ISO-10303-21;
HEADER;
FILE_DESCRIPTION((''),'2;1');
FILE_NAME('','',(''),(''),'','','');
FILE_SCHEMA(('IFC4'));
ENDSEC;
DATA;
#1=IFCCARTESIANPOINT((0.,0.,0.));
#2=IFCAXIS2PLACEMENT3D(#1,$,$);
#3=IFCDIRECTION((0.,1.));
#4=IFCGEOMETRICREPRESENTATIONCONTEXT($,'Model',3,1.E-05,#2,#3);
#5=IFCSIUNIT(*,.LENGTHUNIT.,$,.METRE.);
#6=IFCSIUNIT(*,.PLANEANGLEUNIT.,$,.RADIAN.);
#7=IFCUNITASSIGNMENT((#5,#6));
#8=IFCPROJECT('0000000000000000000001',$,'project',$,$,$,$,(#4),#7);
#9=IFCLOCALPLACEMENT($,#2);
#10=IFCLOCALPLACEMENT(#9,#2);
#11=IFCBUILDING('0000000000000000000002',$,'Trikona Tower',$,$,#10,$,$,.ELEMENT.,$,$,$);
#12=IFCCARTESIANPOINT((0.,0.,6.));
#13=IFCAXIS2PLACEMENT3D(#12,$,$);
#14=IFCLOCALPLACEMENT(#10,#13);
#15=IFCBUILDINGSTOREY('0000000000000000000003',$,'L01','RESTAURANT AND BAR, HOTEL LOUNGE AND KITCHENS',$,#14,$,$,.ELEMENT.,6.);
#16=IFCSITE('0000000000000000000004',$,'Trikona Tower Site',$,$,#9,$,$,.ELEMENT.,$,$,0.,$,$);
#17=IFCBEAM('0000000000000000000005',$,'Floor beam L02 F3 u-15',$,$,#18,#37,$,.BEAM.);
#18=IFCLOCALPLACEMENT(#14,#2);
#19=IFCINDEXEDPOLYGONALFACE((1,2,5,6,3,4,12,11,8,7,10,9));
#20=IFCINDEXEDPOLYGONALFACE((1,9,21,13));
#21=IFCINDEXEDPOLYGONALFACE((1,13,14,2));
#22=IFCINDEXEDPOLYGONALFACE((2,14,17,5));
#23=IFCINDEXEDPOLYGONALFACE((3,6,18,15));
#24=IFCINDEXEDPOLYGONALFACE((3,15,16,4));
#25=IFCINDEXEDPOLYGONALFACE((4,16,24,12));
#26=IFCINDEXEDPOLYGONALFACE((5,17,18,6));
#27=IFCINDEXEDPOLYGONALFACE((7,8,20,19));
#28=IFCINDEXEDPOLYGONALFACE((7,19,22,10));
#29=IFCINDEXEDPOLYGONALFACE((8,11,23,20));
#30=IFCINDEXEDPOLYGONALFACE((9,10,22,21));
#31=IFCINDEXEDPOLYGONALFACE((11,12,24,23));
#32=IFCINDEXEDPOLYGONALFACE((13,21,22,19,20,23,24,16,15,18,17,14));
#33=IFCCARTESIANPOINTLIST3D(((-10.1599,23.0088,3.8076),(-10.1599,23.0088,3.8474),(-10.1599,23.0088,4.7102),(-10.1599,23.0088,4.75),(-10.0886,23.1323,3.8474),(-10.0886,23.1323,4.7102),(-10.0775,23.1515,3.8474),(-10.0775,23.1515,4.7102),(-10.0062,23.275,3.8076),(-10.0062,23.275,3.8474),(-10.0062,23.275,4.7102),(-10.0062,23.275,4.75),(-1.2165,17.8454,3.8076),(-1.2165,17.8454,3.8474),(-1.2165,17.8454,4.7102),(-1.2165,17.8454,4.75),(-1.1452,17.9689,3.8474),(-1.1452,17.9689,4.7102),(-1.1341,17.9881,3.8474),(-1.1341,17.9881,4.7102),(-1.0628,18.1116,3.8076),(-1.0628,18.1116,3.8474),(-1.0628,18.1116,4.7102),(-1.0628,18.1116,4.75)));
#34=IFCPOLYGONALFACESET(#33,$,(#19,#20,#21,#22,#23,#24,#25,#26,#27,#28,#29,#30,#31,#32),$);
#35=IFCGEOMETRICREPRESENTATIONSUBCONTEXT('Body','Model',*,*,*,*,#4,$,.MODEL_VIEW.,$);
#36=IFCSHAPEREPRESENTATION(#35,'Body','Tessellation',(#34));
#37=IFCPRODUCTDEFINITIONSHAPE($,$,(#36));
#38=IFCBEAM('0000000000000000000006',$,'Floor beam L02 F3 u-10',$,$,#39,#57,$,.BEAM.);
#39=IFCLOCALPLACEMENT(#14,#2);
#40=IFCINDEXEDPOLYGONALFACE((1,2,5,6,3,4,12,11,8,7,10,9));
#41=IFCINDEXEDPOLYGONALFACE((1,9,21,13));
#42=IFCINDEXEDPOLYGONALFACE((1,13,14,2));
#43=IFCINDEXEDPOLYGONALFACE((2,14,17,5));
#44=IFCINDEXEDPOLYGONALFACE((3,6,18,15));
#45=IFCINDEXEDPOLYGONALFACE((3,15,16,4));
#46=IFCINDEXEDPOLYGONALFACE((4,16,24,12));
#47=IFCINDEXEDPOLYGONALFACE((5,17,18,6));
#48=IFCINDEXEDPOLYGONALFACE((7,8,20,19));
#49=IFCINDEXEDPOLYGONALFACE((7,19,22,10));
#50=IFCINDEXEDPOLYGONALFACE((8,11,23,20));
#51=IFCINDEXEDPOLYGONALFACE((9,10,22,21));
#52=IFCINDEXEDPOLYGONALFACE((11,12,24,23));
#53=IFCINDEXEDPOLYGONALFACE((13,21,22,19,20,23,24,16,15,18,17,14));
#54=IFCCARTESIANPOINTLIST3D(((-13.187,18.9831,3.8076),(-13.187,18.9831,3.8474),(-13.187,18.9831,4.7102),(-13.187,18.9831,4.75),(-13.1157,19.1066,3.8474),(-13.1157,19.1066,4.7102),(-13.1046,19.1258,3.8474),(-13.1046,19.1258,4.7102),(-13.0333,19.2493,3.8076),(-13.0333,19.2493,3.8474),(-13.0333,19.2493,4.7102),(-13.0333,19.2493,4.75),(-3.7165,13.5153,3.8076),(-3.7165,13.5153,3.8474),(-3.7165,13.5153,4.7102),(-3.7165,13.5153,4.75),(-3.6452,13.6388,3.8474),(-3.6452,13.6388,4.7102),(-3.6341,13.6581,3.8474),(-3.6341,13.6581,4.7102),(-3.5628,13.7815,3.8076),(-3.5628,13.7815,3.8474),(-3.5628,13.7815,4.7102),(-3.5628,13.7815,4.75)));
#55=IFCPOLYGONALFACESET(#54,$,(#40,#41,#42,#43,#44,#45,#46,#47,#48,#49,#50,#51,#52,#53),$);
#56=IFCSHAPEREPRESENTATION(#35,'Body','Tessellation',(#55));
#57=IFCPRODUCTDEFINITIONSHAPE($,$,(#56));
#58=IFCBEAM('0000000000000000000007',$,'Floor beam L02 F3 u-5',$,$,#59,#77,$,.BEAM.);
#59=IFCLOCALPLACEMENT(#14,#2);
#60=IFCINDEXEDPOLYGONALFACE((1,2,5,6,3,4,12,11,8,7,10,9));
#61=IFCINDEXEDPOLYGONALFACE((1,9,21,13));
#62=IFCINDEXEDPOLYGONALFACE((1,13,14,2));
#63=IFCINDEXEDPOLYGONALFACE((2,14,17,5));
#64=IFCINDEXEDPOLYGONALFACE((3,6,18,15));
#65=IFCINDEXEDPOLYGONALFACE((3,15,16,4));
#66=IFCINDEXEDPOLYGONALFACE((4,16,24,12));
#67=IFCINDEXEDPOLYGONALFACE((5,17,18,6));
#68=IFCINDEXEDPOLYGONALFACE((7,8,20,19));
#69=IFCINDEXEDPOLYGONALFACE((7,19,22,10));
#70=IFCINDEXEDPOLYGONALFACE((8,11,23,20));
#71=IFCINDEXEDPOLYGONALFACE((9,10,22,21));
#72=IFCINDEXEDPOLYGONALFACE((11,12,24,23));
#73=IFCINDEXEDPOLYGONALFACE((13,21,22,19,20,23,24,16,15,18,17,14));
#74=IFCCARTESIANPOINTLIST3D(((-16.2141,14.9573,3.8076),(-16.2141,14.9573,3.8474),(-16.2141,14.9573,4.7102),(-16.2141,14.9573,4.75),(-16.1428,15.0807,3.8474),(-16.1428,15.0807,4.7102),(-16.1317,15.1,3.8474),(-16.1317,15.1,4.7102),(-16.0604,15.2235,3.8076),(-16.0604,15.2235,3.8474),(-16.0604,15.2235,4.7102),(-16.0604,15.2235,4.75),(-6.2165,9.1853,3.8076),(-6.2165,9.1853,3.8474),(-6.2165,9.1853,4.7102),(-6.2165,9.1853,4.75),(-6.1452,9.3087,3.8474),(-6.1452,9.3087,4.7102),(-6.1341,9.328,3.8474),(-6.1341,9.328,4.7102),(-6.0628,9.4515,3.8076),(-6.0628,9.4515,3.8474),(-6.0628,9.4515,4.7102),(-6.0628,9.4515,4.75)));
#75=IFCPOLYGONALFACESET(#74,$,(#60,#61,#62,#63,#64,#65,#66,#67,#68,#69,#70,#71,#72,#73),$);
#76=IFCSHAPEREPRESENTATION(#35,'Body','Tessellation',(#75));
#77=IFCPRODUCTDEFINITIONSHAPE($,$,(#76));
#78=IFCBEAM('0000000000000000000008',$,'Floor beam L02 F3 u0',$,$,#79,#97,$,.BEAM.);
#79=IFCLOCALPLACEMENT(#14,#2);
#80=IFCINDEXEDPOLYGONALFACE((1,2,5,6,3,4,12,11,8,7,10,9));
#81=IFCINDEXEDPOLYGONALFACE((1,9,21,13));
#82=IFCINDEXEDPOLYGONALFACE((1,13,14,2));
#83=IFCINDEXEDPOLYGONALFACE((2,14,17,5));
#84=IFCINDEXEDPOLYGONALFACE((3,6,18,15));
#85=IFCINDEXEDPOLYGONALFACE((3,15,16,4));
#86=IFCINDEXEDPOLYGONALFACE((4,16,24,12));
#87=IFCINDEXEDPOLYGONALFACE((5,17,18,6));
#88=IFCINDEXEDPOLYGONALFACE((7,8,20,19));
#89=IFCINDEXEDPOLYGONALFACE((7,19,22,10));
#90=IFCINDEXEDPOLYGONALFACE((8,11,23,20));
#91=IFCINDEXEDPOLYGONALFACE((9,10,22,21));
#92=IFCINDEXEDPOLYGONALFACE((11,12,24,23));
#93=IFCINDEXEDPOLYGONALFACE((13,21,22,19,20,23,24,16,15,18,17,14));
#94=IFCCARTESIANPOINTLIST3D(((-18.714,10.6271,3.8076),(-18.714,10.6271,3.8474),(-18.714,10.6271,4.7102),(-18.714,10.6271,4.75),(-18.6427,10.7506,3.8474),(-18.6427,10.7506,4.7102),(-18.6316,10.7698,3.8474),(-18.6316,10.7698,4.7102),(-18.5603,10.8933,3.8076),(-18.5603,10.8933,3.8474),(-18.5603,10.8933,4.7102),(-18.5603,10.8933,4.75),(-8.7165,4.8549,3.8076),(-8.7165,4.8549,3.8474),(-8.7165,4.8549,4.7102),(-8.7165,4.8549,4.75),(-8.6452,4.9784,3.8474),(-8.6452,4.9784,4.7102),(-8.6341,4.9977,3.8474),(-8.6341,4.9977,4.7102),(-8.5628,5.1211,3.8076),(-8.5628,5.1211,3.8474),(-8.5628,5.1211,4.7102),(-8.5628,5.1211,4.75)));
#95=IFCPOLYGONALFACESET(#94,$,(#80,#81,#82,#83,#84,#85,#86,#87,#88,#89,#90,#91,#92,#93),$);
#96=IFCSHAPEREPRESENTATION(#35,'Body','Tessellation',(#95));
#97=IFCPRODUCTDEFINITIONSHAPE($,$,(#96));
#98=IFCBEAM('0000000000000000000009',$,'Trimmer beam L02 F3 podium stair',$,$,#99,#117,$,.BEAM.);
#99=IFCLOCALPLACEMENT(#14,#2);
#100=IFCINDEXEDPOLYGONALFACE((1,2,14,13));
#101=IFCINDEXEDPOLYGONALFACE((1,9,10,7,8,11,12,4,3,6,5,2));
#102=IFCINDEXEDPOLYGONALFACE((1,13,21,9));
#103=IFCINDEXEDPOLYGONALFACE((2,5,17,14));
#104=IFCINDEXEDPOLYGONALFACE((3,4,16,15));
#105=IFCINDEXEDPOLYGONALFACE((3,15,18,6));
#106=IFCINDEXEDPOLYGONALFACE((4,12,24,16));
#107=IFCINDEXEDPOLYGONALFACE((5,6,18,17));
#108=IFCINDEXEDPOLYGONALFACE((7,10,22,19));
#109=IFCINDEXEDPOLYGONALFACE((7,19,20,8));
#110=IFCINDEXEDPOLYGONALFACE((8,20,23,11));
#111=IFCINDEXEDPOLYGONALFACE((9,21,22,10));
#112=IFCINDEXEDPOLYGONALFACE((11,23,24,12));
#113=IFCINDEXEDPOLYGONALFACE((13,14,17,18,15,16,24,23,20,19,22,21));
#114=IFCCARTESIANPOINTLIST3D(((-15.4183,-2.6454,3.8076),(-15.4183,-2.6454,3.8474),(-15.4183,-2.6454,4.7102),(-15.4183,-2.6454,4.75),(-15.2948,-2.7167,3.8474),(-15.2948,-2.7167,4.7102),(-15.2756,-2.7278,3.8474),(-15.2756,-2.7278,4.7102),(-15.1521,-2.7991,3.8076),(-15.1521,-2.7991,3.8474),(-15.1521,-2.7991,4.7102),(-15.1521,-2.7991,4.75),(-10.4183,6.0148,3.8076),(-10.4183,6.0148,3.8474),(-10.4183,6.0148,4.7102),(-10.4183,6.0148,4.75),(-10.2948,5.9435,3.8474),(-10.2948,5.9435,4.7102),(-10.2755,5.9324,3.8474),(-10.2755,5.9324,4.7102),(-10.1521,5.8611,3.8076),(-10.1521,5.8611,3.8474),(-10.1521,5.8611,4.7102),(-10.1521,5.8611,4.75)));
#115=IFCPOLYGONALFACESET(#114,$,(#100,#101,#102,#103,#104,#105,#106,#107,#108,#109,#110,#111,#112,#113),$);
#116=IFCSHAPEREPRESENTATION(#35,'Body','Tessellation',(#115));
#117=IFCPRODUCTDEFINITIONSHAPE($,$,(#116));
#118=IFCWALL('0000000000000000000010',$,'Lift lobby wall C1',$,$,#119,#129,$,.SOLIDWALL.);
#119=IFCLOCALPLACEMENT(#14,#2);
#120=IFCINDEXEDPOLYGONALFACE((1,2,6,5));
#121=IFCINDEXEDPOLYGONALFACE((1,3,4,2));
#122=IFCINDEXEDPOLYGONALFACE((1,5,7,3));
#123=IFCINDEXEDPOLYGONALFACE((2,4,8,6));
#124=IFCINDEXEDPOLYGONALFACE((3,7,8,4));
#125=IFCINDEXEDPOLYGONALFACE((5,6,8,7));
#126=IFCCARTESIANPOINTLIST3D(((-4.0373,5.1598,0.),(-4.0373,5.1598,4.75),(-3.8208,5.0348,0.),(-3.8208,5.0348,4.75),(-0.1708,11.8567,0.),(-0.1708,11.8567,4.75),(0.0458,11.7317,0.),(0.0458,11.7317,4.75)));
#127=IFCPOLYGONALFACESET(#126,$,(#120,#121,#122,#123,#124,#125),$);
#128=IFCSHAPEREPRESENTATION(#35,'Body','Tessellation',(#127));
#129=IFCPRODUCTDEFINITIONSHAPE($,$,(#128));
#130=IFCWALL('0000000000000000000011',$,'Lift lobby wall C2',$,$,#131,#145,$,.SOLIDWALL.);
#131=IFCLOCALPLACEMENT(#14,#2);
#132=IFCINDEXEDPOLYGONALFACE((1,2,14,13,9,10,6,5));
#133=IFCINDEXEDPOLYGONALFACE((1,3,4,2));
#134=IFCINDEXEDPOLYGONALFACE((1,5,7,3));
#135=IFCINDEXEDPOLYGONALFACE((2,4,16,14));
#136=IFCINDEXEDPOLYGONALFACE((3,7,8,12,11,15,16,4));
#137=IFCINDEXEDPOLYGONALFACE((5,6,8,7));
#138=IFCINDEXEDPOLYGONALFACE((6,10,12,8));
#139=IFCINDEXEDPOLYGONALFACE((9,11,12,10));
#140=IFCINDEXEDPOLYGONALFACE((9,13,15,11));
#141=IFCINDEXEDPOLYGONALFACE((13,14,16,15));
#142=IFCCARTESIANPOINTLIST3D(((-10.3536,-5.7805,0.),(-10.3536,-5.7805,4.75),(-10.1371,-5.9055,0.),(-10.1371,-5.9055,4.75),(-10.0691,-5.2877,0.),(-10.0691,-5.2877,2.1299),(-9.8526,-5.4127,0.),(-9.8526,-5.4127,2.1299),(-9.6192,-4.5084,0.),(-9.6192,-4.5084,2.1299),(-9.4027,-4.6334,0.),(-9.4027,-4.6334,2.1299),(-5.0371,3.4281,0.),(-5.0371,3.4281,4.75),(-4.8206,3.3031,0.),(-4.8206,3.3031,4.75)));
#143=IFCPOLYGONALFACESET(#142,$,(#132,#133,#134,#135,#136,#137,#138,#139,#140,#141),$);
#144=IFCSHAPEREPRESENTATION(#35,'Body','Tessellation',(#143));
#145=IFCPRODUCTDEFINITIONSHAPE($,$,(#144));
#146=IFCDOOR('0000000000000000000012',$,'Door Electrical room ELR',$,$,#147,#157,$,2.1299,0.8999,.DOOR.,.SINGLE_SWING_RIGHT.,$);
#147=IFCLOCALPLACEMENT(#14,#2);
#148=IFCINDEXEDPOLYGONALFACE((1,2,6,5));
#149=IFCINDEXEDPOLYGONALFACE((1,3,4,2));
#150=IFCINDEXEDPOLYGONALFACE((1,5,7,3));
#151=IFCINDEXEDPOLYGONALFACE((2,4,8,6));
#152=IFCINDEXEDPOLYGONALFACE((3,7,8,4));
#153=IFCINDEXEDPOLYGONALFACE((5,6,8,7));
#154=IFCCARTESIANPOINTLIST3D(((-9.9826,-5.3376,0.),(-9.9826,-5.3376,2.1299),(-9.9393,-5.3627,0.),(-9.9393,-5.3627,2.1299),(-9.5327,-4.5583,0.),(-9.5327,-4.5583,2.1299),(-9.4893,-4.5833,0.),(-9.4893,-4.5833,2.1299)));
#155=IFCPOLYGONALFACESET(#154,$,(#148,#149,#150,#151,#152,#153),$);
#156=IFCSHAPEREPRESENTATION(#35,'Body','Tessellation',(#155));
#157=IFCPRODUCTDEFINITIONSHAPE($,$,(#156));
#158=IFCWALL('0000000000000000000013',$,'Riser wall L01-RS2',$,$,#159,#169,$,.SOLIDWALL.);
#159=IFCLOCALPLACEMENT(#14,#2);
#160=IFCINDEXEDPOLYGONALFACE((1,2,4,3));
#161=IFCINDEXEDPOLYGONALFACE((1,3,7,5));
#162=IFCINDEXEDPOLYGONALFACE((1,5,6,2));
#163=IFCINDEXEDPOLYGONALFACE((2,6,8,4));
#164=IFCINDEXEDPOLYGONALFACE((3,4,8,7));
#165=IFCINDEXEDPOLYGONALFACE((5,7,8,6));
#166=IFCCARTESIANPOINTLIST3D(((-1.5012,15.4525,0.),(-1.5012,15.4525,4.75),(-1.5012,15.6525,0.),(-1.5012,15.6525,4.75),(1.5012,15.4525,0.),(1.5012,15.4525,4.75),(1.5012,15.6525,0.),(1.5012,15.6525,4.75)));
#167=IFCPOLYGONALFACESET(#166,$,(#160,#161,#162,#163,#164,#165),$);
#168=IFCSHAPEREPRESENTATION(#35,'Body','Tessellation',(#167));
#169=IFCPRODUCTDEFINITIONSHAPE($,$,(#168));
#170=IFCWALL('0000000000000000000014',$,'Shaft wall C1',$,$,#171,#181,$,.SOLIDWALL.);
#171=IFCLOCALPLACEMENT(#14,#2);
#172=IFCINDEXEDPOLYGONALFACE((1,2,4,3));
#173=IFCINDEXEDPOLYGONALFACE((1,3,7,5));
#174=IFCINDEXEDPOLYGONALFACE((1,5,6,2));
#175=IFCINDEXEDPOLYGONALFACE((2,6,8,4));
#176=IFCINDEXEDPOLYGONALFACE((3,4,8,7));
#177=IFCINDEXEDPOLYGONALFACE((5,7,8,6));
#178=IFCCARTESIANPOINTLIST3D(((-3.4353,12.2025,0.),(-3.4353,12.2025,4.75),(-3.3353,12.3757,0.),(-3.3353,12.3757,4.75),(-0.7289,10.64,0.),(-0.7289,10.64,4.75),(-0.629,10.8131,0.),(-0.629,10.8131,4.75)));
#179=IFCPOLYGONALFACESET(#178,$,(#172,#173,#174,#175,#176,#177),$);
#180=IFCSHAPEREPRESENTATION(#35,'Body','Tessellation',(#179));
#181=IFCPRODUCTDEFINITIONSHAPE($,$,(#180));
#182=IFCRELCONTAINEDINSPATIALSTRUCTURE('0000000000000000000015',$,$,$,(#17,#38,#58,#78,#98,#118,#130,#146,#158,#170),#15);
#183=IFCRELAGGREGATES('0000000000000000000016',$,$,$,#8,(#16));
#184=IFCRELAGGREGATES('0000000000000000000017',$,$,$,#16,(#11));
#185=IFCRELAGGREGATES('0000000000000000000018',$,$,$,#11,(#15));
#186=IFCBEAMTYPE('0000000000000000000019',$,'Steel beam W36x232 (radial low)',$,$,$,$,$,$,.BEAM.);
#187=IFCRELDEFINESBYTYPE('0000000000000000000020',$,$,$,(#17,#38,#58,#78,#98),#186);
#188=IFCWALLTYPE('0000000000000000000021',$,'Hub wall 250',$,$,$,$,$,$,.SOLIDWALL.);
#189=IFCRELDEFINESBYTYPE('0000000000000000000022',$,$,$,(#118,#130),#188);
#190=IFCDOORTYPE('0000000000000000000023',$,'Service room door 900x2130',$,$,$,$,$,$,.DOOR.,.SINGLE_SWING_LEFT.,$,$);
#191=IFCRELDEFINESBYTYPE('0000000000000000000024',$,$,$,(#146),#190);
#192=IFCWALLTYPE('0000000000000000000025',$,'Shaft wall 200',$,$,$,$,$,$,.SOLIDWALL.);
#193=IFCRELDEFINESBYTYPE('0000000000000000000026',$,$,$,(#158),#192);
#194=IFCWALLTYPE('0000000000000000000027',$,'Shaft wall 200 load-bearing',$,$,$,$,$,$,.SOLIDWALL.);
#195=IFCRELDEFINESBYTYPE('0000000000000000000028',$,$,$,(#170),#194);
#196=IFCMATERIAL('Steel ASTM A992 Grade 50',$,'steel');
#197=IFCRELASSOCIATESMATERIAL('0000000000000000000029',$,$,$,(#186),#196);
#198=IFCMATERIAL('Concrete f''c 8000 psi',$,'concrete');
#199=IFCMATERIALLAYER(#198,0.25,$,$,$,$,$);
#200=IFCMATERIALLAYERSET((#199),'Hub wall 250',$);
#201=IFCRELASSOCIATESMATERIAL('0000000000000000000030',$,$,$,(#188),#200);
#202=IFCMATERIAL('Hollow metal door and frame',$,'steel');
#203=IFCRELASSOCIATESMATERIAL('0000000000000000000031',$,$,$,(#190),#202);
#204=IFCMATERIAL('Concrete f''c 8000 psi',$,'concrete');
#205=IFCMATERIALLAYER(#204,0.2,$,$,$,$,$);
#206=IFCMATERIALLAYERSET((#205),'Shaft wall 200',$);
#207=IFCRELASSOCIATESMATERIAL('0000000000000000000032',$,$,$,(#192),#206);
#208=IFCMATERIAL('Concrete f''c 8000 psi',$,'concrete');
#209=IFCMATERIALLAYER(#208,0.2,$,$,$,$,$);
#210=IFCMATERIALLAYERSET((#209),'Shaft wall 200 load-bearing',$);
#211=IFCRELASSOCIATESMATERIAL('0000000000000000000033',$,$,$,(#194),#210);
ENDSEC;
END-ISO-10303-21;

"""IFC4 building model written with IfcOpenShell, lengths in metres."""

from ifc_helpers import new_model, si_unit, direction, frame, frame_2d, origin, origin_2d, place, context, subcontext, project, spatial, rectangle, i_section, extrude, material, layer, layer_set, material_profile, profile_set, type_object, element, fill, save


model = new_model("IFC4")

# Units and contexts
model_context = context("Model", 3, precision=1e-05, world=origin(), true_north=direction((0.0, 1.0)))
body_context = subcontext(model_context, "Body", "Model", "MODEL_VIEW")
ifc_project = project(units=[si_unit("LENGTHUNIT", "METRE"), si_unit("PLANEANGLEUNIT", "RADIAN")], contexts=[model_context])

# Site, building, storey
site_placement = place(None, origin())
site = spatial("IfcSite", under=ifc_project, at=site_placement, Name="Trikona Tower Site", CompositionType="ELEMENT", RefElevation=0.0)
building_placement = place(site_placement, origin())
building = spatial("IfcBuilding", under=site, at=building_placement, Name="Trikona Tower", CompositionType="ELEMENT")
storey_placement = place(building_placement, frame((0.0, 0.0, 6.0)))
storey = spatial("IfcBuildingStorey", under=building, at=storey_placement, Name="L01", Description="RESTAURANT AND BAR, HOTEL LOUNGE AND KITCHENS", CompositionType="ELEMENT", Elevation=6.0)

# Beams
ifc_material_1 = material(Name="Steel ASTM A992 Grade 50", Category="steel")
ifc_material_profile = material_profile(ifc_material_1, i_section(OverallWidth=0.3074, OverallDepth=0.9424, WebThickness=0.0222, FlangeThickness=0.0398, at=origin_2d()), Name="W36X232")
ifc_profile_set = profile_set([ifc_material_profile], Name="Steel ASTM A992 Grade 50")
beam_type = type_object("IfcBeamType", Name="Steel beam W36x232 (radial low)", PredefinedType="BEAM", material=ifc_profile_set)
beam_1_placement = place(storey_placement, frame((-1.1396, 17.9785, 4.2788), z_axis=(-0.86603, 0.499991, 0.0), x_axis=(-0.499991, -0.86603, 0.0)))
element("IfcBeam", 1, at=beam_1_placement, inside=storey, type_object=beam_type, Name="Floor beam L02 F3 u-15", PredefinedType="BEAM", context=body_context, shape_type="SweptSolid", body=[
    extrude(i_section(OverallWidth=0.3074, OverallDepth=0.9424, WebThickness=0.0222, FlangeThickness=0.0398, at=origin_2d()), origin(), (0.0, 0.0, 1.0), 10.3269),
])
beam_2_placement = place(storey_placement, frame((-3.6396, 13.6484, 4.2788), z_axis=(-0.866025, 0.5, 0.0), x_axis=(-0.5, -0.866025, 0.0)))
element("IfcBeam", 2, at=beam_2_placement, inside=storey, type_object=beam_type, Name="Floor beam L02 F3 u-10", PredefinedType="BEAM", context=body_context, shape_type="SweptSolid", body=[
    extrude(i_section(OverallWidth=0.3074, OverallDepth=0.9424, WebThickness=0.0222, FlangeThickness=0.0398, at=origin_2d()), origin(), (0.0, 0.0, 1.0), 10.9355),
])
for number, where, z_axis, x_axis, name in (
    (3, (-6.1396, 9.3184, 4.2788), (-0.86603, 0.499992, 0.0), (-0.499992, -0.86603, 0.0), "Floor beam L02 F3 u-5"),
    (4, (-8.6396, 4.988, 4.2788), (-0.866021, 0.500008, 0.0), (-0.500008, -0.866021, 0.0), "Floor beam L02 F3 u0"),
):
    element("IfcBeam", number, at=place(storey_placement, frame(where, z_axis=z_axis, x_axis=x_axis)), inside=storey, type_object=beam_type, Name=name, PredefinedType="BEAM", context=body_context, shape_type="SweptSolid", body=[
        extrude(i_section(OverallWidth=0.3074, OverallDepth=0.9424, WebThickness=0.0222, FlangeThickness=0.0398, at=origin_2d()), origin(), (0.0, 0.0, 1.0), 11.5442),
    ])
beam_3_placement = place(storey_placement, frame((-10.2852, 5.938, 4.2788), z_axis=(-0.500004, -0.866023, 0.0), x_axis=(0.866023, -0.500004, 0.0)))
element("IfcBeam", 5, at=beam_3_placement, inside=storey, type_object=beam_type, Name="Trimmer beam L02 F3 podium stair", PredefinedType="BEAM", context=body_context, shape_type="SweptSolid", body=[
    extrude(i_section(OverallWidth=0.3074, OverallDepth=0.9424, WebThickness=0.0222, FlangeThickness=0.0398, at=origin_2d()), origin(), (0.0, 0.0, 1.0), 10.0),
])

# Wall
ifc_material_2 = material(Name="Concrete f'c 8000 psi", Category="concrete")
ifc_layer_1 = layer(ifc_material_2, 0.25)
ifc_layer_set_1 = layer_set([ifc_layer_1], Name="Hub wall 250")
wall_type_1 = type_object("IfcWallType", Name="Hub wall 250", PredefinedType="SOLIDWALL", material=ifc_layer_set_1)
wall_1_placement = place(storey_placement, frame((-0.0625, 11.7942, 0.0), z_axis=(0.0, 0.0, 1.0), x_axis=(-0.500007, -0.866022, 0.0)))
element("IfcWall", 6, at=wall_1_placement, inside=storey, type_object=wall_type_1, Name="Lift lobby wall C1", PredefinedType="SOLIDWALL", context=body_context, shape_type="SweptSolid", body=[
    extrude(rectangle(XDim=7.7329, YDim=0.25, at=frame_2d((3.8665, 0.0))), origin(), (0.0, 0.0, 1.0), 4.75),
])

# Wall, opening, door
wall_2_placement = place(storey_placement, frame((-4.929, 3.3655, 0.0), z_axis=(0.0, 0.0, 1.0), x_axis=(-0.499991, -0.86603, 0.0)))
wall_2 = element("IfcWall", 7, at=wall_2_placement, inside=storey, type_object=wall_type_1, Name="Lift lobby wall C2", PredefinedType="SOLIDWALL", context=body_context, shape_type="SweptSolid", body=[
    extrude(rectangle(XDim=10.6331, YDim=0.25, at=frame_2d((5.3164, 0.0))), origin(), (0.0, 0.0, 1.0), 4.75),
])
opening_placement = place(wall_2_placement, frame((9.1641, 0.0, 0.0)))
opening = element("IfcOpeningElement", 8, at=opening_placement, cuts=wall_2, PredefinedType="OPENING", context=body_context, shape_type="SweptSolid", body=[
    extrude(rectangle(XDim=0.8999, YDim=2.1299, at=frame_2d((0.45, 1.0649))), frame((0.0, 0.135, 0.0), z_axis=(0.0, -1.0, 0.0), x_axis=(1.0, 0.0, 0.0)), (0.0, 0.0, 1.0), 0.27),
])
ifc_material_3 = material(Name="Hollow metal door and frame", Category="steel")
door_type = type_object("IfcDoorType", Name="Service room door 900x2130", OperationType="SINGLE_SWING_LEFT", PredefinedType="DOOR", material=ifc_material_3)
door_placement = place(opening_placement, origin())
door = element("IfcDoor", 9, at=door_placement, inside=storey, type_object=door_type, Name="Door Electrical room ELR", OperationType="SINGLE_SWING_RIGHT", OverallHeight=2.1299, OverallWidth=0.8999, PredefinedType="DOOR", context=body_context, shape_type="SweptSolid", body=[
    extrude(rectangle(XDim=0.8999, YDim=2.1299, at=frame_2d((0.45, 1.0649))), frame((0.0, 0.0249, 0.0), z_axis=(0.0, -1.0, 0.0), x_axis=(1.0, 0.0, 0.0)), (0.0, 0.0, 1.0), 0.05),
])
fill(opening, door)

# Walls
ifc_material_4 = material(Name="Concrete f'c 8000 psi", Category="concrete")
ifc_layer_2 = layer(ifc_material_4, 0.2)
ifc_layer_set_2 = layer_set([ifc_layer_2], Name="Shaft wall 200")
wall_type_2 = type_object("IfcWallType", Name="Shaft wall 200", PredefinedType="SOLIDWALL", material=ifc_layer_set_2)
wall_3_placement = place(storey_placement, frame((-1.5012, 15.5525, 0.0), z_axis=(0.0, 0.0, 1.0), x_axis=(1.0, 0.0, 0.0)))
element("IfcWall", 10, at=wall_3_placement, inside=storey, type_object=wall_type_2, Name="Riser wall L01-RS2", PredefinedType="SOLIDWALL", context=body_context, shape_type="SweptSolid", body=[
    extrude(rectangle(XDim=3.0024, YDim=0.2, at=frame_2d((1.5012, 0.0))), origin(), (0.0, 0.0, 1.0), 4.75),
])
ifc_material_5 = material(Name="Concrete f'c 8000 psi", Category="concrete")
ifc_layer_3 = layer(ifc_material_5, 0.2)
ifc_layer_set_3 = layer_set([ifc_layer_3], Name="Shaft wall 200 load-bearing")
wall_type_3 = type_object("IfcWallType", Name="Shaft wall 200 load-bearing", PredefinedType="SOLIDWALL", material=ifc_layer_set_3)
for number, where, z_axis, x_axis, name in (
    (11, (-0.679, 10.7266, 0.0), (0.0, 0.0, 1.0), (-0.866023, 0.500004, 0.0), "Shaft wall C1"),
):
    element("IfcWall", number, at=place(storey_placement, frame(where, z_axis=z_axis, x_axis=x_axis)), inside=storey, type_object=wall_type_3, Name=name, PredefinedType="SOLIDWALL", context=body_context, shape_type="SweptSolid", body=[
        extrude(rectangle(XDim=3.125, YDim=0.2, at=frame_2d((1.5625, 0.0))), origin(), (0.0, 0.0, 1.0), 4.75),
    ])

save(model, "model.ifc")
